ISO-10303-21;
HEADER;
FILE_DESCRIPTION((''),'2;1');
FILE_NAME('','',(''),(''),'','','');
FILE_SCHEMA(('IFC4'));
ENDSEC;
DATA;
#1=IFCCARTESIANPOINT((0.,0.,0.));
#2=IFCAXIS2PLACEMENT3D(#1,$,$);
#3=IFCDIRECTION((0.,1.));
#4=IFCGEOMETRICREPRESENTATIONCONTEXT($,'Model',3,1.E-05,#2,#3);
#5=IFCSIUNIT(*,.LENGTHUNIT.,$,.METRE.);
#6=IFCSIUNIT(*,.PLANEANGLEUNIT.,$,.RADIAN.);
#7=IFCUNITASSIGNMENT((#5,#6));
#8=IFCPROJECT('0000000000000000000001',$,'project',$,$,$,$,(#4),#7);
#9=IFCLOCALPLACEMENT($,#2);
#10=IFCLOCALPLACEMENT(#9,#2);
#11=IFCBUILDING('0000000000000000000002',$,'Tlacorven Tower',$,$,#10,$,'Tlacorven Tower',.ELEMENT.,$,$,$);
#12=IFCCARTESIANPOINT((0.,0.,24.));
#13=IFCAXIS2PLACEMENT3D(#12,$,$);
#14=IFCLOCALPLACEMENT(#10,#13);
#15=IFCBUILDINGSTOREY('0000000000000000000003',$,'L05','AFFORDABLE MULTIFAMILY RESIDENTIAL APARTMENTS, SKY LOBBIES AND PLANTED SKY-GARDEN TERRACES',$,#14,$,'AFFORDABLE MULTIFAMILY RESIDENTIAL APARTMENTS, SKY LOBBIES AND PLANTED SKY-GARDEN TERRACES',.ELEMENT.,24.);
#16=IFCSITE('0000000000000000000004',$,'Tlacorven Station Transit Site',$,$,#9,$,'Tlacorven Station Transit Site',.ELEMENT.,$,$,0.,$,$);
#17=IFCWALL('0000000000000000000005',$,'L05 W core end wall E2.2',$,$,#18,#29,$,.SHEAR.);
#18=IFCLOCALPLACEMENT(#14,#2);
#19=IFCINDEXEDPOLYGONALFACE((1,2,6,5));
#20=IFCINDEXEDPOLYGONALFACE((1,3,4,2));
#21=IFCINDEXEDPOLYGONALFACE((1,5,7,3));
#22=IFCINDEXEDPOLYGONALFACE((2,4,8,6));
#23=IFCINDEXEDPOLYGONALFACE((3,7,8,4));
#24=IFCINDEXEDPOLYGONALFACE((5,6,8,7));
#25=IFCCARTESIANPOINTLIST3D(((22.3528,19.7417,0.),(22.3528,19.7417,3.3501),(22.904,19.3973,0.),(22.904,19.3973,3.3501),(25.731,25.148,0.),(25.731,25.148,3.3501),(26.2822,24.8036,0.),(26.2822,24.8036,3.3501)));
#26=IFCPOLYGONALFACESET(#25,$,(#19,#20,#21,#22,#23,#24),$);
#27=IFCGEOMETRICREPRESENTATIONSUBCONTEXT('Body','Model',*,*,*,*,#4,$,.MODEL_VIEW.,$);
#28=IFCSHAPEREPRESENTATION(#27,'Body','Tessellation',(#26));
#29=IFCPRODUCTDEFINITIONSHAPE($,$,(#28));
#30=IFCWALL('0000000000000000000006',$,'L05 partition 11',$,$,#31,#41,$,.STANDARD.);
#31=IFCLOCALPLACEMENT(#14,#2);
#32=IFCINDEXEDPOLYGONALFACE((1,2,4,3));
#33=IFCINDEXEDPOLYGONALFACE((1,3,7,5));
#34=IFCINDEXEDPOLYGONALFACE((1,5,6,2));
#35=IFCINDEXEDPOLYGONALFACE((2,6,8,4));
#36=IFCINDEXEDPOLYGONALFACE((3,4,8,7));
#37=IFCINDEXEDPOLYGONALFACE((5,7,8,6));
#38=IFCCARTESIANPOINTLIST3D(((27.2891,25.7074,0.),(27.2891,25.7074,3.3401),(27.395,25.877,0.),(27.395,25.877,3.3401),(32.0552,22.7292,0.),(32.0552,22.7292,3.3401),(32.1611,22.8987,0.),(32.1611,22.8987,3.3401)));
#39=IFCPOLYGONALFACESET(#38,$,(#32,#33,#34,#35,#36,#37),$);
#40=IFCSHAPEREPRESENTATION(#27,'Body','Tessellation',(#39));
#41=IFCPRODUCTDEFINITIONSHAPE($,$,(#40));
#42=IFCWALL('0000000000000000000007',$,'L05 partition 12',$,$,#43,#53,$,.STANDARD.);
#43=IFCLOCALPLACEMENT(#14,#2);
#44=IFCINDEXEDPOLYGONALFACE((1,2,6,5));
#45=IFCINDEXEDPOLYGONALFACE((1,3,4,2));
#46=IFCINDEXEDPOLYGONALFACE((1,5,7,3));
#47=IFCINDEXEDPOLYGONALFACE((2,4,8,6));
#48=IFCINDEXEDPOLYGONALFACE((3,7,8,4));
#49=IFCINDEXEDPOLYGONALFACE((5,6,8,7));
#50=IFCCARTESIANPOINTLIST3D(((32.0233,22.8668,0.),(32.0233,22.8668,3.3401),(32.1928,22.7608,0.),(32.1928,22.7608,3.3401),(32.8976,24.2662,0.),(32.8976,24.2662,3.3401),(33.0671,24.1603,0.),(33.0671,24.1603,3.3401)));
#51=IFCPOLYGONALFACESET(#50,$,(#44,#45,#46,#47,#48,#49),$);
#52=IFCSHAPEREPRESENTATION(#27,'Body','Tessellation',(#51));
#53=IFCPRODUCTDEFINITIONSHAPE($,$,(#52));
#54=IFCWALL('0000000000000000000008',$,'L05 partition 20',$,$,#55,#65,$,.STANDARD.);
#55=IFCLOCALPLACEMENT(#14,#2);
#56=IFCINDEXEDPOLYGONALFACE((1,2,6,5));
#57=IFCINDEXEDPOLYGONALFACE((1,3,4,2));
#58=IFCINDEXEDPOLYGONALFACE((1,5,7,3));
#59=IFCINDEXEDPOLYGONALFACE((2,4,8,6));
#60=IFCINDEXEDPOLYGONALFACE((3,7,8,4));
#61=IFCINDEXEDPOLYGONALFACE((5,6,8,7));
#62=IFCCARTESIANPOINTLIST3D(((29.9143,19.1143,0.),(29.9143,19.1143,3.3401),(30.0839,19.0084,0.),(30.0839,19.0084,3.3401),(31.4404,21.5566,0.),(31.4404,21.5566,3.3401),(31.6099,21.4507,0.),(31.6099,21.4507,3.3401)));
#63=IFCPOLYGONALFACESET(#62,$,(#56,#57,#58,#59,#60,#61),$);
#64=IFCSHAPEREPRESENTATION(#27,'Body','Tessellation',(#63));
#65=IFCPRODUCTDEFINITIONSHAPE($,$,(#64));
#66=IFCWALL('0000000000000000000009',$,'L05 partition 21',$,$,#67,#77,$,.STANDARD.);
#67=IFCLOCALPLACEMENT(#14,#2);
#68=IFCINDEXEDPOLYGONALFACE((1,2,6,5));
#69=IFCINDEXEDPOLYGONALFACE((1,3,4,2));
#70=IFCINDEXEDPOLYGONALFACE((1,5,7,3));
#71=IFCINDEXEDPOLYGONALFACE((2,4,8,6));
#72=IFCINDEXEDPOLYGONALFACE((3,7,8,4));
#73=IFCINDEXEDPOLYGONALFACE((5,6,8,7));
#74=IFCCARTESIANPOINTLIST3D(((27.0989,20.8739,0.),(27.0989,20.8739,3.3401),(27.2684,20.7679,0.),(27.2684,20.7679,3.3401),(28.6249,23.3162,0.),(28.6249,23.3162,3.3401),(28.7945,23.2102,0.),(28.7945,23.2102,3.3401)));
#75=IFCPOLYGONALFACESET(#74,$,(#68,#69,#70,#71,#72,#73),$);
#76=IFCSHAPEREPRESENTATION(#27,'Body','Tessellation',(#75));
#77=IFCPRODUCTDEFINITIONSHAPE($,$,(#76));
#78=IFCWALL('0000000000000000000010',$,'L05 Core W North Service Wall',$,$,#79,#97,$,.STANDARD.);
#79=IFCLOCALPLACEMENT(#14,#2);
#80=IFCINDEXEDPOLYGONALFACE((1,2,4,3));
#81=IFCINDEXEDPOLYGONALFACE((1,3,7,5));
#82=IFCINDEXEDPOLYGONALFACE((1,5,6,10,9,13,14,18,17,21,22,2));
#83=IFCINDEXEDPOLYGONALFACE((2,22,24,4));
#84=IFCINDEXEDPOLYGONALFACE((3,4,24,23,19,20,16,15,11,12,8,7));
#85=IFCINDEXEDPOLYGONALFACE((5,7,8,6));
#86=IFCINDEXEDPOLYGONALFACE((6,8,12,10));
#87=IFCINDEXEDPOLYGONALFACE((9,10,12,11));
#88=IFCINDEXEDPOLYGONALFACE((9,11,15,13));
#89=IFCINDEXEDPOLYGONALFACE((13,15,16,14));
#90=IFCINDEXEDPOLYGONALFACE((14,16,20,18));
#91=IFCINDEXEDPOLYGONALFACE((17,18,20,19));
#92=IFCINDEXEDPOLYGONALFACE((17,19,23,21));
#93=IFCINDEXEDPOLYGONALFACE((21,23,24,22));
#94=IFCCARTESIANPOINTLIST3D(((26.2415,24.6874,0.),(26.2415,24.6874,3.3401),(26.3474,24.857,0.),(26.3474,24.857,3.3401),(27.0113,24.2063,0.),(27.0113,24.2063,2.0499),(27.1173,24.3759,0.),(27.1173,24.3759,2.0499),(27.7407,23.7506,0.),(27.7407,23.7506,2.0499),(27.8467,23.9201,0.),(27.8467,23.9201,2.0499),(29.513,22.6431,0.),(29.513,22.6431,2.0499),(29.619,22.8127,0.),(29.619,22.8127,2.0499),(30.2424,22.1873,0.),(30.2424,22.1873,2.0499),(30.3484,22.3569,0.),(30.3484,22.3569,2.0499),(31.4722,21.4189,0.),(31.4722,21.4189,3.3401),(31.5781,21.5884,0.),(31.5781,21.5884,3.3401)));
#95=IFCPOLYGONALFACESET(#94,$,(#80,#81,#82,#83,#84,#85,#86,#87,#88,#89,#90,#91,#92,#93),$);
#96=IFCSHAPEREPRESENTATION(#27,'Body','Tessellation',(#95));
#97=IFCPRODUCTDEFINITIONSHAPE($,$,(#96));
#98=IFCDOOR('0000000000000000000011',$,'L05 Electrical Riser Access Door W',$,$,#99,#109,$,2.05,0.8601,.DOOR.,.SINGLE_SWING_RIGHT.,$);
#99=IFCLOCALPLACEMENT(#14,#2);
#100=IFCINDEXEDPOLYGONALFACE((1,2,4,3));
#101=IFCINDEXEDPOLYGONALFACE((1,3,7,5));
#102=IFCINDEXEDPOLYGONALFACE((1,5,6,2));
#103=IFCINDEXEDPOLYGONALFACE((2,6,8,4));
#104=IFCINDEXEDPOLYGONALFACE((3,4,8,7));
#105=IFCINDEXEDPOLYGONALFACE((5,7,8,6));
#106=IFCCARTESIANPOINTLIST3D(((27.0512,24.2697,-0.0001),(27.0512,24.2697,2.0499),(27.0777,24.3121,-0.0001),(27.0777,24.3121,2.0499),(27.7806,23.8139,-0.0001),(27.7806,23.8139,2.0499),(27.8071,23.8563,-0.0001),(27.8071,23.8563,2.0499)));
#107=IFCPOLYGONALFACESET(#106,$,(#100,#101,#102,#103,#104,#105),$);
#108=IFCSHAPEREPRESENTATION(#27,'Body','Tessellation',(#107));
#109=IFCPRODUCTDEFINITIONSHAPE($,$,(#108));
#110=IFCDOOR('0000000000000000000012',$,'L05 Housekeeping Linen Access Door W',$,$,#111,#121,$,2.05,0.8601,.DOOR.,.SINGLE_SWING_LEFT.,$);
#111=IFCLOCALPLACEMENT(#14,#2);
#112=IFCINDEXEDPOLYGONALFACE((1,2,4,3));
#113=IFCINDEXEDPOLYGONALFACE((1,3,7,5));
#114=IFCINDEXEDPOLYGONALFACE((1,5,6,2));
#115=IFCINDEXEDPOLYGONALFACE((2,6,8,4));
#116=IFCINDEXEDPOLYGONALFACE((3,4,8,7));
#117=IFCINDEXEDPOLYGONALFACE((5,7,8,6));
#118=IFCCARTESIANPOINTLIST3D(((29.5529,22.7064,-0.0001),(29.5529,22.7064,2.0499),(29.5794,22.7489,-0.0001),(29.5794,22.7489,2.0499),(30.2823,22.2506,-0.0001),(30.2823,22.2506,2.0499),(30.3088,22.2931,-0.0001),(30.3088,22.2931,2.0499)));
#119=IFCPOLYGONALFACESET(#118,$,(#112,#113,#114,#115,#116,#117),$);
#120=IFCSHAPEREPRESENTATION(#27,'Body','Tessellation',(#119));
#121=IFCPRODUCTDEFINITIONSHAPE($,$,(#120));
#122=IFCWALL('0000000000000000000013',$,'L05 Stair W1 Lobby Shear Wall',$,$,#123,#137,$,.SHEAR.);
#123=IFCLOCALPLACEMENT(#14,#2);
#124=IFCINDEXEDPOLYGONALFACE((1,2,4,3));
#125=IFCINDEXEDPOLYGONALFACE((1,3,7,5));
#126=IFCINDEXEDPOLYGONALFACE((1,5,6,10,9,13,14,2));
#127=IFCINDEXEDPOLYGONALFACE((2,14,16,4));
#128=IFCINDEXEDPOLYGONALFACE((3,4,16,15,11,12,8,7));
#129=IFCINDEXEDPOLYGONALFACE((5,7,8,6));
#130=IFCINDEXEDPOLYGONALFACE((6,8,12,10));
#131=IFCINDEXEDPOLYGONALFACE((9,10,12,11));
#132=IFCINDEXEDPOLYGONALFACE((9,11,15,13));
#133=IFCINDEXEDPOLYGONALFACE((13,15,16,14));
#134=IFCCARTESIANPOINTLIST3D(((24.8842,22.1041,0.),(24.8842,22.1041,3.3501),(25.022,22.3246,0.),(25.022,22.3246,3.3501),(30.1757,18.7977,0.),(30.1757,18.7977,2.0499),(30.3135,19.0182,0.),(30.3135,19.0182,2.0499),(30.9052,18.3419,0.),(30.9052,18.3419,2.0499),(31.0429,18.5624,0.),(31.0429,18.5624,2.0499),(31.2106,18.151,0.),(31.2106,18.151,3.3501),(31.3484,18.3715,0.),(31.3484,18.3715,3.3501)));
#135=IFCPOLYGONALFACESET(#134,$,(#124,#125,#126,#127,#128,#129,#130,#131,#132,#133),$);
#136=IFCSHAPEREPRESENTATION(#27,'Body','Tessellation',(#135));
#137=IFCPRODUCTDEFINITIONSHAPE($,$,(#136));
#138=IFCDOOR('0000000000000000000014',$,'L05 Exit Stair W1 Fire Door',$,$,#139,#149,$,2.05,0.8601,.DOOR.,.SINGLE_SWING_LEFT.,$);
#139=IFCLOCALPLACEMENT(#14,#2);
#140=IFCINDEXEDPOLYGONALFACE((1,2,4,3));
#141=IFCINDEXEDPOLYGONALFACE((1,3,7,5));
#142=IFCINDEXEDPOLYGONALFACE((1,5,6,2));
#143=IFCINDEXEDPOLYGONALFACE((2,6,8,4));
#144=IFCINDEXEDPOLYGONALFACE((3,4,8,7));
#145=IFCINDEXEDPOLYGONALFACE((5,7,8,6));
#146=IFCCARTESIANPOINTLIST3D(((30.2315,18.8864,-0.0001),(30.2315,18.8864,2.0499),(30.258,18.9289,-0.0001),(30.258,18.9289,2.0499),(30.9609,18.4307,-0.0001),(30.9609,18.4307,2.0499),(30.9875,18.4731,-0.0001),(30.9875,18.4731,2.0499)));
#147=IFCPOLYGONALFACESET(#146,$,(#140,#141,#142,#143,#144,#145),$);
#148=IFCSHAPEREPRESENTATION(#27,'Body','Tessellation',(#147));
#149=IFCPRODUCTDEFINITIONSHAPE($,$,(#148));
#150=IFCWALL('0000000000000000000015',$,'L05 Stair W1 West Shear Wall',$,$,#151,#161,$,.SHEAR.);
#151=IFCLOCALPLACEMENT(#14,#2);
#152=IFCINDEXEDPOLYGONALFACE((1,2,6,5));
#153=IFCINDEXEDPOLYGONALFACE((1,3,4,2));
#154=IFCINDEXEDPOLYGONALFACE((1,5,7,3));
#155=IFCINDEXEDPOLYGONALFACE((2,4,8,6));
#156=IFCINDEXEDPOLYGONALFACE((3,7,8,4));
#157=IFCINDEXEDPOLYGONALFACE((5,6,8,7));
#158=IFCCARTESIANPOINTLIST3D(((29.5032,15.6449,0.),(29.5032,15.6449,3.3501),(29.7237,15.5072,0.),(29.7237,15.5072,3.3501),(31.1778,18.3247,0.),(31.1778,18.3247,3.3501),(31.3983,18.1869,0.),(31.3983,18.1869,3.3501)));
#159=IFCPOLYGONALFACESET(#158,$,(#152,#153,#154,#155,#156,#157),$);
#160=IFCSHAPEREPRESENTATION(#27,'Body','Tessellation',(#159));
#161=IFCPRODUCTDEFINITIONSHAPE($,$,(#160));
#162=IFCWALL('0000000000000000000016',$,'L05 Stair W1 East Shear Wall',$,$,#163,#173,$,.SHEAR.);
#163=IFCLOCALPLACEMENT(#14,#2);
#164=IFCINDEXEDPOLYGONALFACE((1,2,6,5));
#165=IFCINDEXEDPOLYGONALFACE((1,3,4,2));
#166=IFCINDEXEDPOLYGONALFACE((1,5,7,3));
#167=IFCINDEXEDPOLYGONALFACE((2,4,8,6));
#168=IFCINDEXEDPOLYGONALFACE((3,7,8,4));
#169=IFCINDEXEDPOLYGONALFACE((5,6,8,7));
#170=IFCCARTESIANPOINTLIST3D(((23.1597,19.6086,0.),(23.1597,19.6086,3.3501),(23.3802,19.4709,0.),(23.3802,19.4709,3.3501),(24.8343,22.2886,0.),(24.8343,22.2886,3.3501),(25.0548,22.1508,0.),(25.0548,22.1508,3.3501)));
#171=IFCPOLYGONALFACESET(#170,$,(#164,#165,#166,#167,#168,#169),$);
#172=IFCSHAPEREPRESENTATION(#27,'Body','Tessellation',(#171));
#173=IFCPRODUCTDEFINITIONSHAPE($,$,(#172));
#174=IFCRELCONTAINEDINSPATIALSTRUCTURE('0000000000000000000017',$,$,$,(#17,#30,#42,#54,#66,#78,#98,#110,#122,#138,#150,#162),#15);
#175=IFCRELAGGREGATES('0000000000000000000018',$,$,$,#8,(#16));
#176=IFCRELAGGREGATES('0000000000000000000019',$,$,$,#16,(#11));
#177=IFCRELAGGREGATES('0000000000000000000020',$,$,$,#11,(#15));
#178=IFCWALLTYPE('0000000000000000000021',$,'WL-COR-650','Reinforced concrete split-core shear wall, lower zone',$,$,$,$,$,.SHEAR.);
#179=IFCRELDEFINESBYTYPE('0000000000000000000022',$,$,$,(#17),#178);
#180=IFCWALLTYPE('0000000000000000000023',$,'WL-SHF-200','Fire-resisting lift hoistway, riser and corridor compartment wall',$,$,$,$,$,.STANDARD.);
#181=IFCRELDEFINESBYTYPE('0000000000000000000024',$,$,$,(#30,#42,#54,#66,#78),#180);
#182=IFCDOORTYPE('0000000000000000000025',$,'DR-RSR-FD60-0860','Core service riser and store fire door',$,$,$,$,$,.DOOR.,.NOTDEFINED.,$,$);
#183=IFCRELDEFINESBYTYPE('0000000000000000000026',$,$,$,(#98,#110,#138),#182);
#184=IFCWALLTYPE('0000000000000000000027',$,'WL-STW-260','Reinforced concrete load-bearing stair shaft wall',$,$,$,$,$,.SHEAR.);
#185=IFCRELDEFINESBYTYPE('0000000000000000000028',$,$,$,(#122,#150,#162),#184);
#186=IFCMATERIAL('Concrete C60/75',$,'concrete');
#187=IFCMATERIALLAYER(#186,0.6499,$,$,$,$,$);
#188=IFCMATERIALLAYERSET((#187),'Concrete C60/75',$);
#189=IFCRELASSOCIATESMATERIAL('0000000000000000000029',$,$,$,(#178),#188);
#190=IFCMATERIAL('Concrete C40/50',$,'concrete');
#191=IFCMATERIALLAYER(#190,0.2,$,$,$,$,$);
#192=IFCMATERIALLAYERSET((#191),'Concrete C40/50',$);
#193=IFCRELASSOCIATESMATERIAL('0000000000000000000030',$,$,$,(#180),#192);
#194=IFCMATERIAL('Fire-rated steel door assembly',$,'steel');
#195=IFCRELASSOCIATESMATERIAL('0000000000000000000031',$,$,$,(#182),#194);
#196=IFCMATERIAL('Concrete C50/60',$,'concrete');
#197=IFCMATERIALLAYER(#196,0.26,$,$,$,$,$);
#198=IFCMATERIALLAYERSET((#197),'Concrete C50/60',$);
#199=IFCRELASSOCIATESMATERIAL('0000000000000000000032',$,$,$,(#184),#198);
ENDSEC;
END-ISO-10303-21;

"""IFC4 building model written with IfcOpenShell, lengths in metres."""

from ifc_helpers import new_model, si_unit, direction, frame, frame_2d, origin, place, context, subcontext, project, spatial, rectangle, extrude, source, transform, mapped, material, layer, layer_set, type_object, element, fill, save


model = new_model("IFC4")

# Units and contexts
model_context = context("Model", 3, precision=1e-05, world=origin(), true_north=direction((0.0, 1.0)))
body_context = subcontext(model_context, "Body", "Model", "MODEL_VIEW")
ifc_project = project(units=[si_unit("LENGTHUNIT", "METRE"), si_unit("PLANEANGLEUNIT", "RADIAN")], contexts=[model_context])

# Site, building, storey
site_placement = place(None, origin())
site = spatial("IfcSite", under=ifc_project, at=site_placement, Name="Tlacorven Station Transit Site", LongName="Tlacorven Station Transit Site", CompositionType="ELEMENT", RefElevation=0.0)
building_placement = place(site_placement, origin())
building = spatial("IfcBuilding", under=site, at=building_placement, Name="Tlacorven Tower", LongName="Tlacorven Tower", CompositionType="ELEMENT")
storey_placement = place(building_placement, frame((0.0, 0.0, 24.0)))
storey = spatial("IfcBuildingStorey", under=building, at=storey_placement, Name="L05", Description="AFFORDABLE MULTIFAMILY RESIDENTIAL APARTMENTS, SKY LOBBIES AND PLANTED SKY-GARDEN TERRACES", LongName="AFFORDABLE MULTIFAMILY RESIDENTIAL APARTMENTS, SKY LOBBIES AND PLANTED SKY-GARDEN TERRACES", CompositionType="ELEMENT", Elevation=24.0)

# Walls
ifc_material_1 = material(Name="Concrete C60/75", Category="concrete")
ifc_layer_1 = layer(ifc_material_1, 0.6499)
ifc_layer_set_1 = layer_set([ifc_layer_1], Name="Concrete C60/75")
wall_type_1 = type_object("IfcWallType", Name="WL-COR-650", Description="Reinforced concrete split-core shear wall, lower zone", PredefinedType="SHEAR", material=ifc_layer_set_1)
wall_1_placement = place(storey_placement, frame((26.0066, 24.9758, 0.0), z_axis=(0.0, 0.0, 1.0), x_axis=(-0.529916, -0.84805, 0.0)))
element("IfcWall", 1, at=wall_1_placement, inside=storey, type_object=wall_type_1, Name="L05 W core end wall E2.2", PredefinedType="SHEAR", context=body_context, shape_type="SweptSolid", body=[
    extrude(rectangle(XDim=6.375, YDim=0.6499, at=frame_2d((3.1875, 0.0))), origin(), (0.0, 0.0, 1.0), 3.3501),
])
ifc_material_2 = material(Name="Concrete C40/50", Category="concrete")
ifc_layer_2 = layer(ifc_material_2, 0.2)
ifc_layer_set_2 = layer_set([ifc_layer_2], Name="Concrete C40/50")
wall_type_2 = type_object("IfcWallType", Name="WL-SHF-200", Description="Fire-resisting lift hoistway, riser and corridor compartment wall", PredefinedType="STANDARD", material=ifc_layer_set_2)
wall_2_placement = place(storey_placement, frame((32.1082, 22.814, 0.0), z_axis=(0.0, 0.0, 1.0), x_axis=(-0.848042, 0.529929, 0.0)))
element("IfcWall", 2, at=wall_2_placement, inside=storey, type_object=wall_type_2, Name="L05 partition 11", PredefinedType="STANDARD", context=body_context, shape_type="SweptSolid", body=[
    extrude(rectangle(XDim=5.6201, YDim=0.2, at=frame_2d((2.8101, 0.0))), origin(), (0.0, 0.0, 1.0), 3.3401),
])
wall_3_placement = place(storey_placement, frame((32.9824, 24.2134, 0.0), z_axis=(0.0, 0.0, 1.0), x_axis=(-0.529839, -0.848098, 0.0)))
element("IfcWall", 3, at=wall_3_placement, inside=storey, type_object=wall_type_2, Name="L05 partition 12", PredefinedType="STANDARD", context=body_context, shape_type="SweptSolid", body=[
    extrude(rectangle(XDim=1.6501, YDim=0.2, at=frame_2d((0.8252, 0.0))), origin(), (0.0, 0.0, 1.0), 3.3401),
])
for number, where, z_axis, x_axis, name in (
    (4, (31.5251, 21.5037, 0.0), (0.0, 0.0, 1.0), (-0.529907, -0.848055, 0.0), "L05 partition 20"),
    (5, (28.7097, 23.2632, 0.0), (0.0, 0.0, 1.0), (-0.529907, -0.848055, 0.0), "L05 partition 21"),
):
    element("IfcWall", number, at=place(storey_placement, frame(where, z_axis=z_axis, x_axis=x_axis)), inside=storey, type_object=wall_type_2, Name=name, PredefinedType="STANDARD", context=body_context, shape_type="SweptSolid", body=[
        extrude(rectangle(XDim=2.8799, YDim=0.2, at=frame_2d((1.4399, 0.0))), origin(), (0.0, 0.0, 1.0), 3.3401),
    ])

# Wall, openings, doors
wall_4_placement = place(storey_placement, frame((31.5251, 21.5037, 0.0), z_axis=(0.0, 0.0, 1.0), x_axis=(-0.848045, 0.529924, 0.0)))
wall_4 = element("IfcWall", 6, at=wall_4_placement, inside=storey, type_object=wall_type_2, Name="L05 Core W North Service Wall", PredefinedType="STANDARD", context=body_context, shape_type="SweptSolid", body=[
    extrude(rectangle(XDim=6.168, YDim=0.2, at=frame_2d((3.084, 0.0))), origin(), (0.0, 0.0, 1.0), 3.3401),
])
opening_1_placement = place(wall_4_placement, frame((4.3999, 0.0, 0.0)))
opening_1 = element("IfcOpeningElement", 7, at=opening_1_placement, cuts=wall_4, PredefinedType="OPENING", context=body_context, shape_type="SweptSolid", body=[
    extrude(rectangle(XDim=0.8601, YDim=2.05, at=frame_2d((0.4302, 1.0249))), frame((0.0, 0.1099, 0.0), z_axis=(0.0, -1.0, 0.0), x_axis=(1.0, 0.0, 0.0)), (0.0, 0.0, 1.0), 0.22),
])
opening_2_placement = place(wall_4_placement, frame((1.45, 0.0, 0.0)))
opening_2 = element("IfcOpeningElement", 8, at=opening_2_placement, cuts=wall_4, PredefinedType="OPENING", context=body_context, shape_type="SweptSolid", body=[
    extrude(rectangle(XDim=0.8601, YDim=2.05, at=frame_2d((0.4302, 1.0249))), frame((0.0, 0.1099, 0.0), z_axis=(0.0, -1.0, 0.0), x_axis=(1.0, 0.0, 0.0)), (0.0, 0.0, 1.0), 0.22),
])
ifc_material_3 = material(Name="Fire-rated steel door assembly", Category="steel")
door_type = type_object("IfcDoorType", Name="DR-RSR-FD60-0860", Description="Core service riser and store fire door", OperationType="NOTDEFINED", PredefinedType="DOOR", material=ifc_material_3)
shared_shape_1 = source(origin(), body_context, "Body", "SweptSolid", [
    extrude(rectangle(XDim=0.8601, YDim=2.05, at=frame_2d((0.4302, 1.0249))), frame((0.0, 0.0249, 0.0), z_axis=(0.0, -1.0, 0.0), x_axis=(1.0, 0.0, 0.0)), (0.0, 0.0, 1.0), 0.05),
])
door_1_placement = place(opening_1_placement, frame((0.8601, 0.0, 0.0), z_axis=(0.0, 0.0, 1.0), x_axis=(-1.0, 0.0, 0.0)))
door_1 = element("IfcDoor", 9, at=door_1_placement, inside=storey, type_object=door_type, Name="L05 Electrical Riser Access Door W", OperationType="SINGLE_SWING_RIGHT", OverallHeight=2.05, OverallWidth=0.8601, PredefinedType="DOOR", context=body_context, shape_type="MappedRepresentation", body=[
    mapped(shared_shape_1, transform((0.0, 0.0, 0.0), scale=1.0)),
])
fill(opening_1, door_1)
door_2_placement = place(opening_2_placement, frame((0.8601, 0.0, 0.0), z_axis=(0.0, 0.0, 1.0), x_axis=(-1.0, 0.0, 0.0)))
door_2 = element("IfcDoor", 10, at=door_2_placement, inside=storey, type_object=door_type, Name="L05 Housekeeping Linen Access Door W", OperationType="SINGLE_SWING_LEFT", OverallHeight=2.05, OverallWidth=0.8601, PredefinedType="DOOR", context=body_context, shape_type="MappedRepresentation", body=[
    mapped(shared_shape_1, transform((0.0, 0.0, 0.0), scale=1.0)),
])
fill(opening_2, door_2)

# Wall, opening, door
ifc_material_4 = material(Name="Concrete C50/60", Category="concrete")
ifc_layer_3 = layer(ifc_material_4, 0.26)
ifc_layer_set_3 = layer_set([ifc_layer_3], Name="Concrete C50/60")
wall_type_3 = type_object("IfcWallType", Name="WL-STW-260", Description="Reinforced concrete load-bearing stair shaft wall", PredefinedType="SHEAR", material=ifc_layer_set_3)
wall_5_placement = place(storey_placement, frame((31.2795, 18.2612, 0.0), z_axis=(0.0, 0.0, 1.0), x_axis=(-0.848052, 0.529914, 0.0)))
wall_5 = element("IfcWall", 11, at=wall_5_placement, inside=storey, type_object=wall_type_3, Name="L05 Stair W1 Lobby Shear Wall", PredefinedType="SHEAR", context=body_context, shape_type="SweptSolid", body=[
    extrude(rectangle(XDim=7.46, YDim=0.26, at=frame_2d((3.73, 0.0))), origin(), (0.0, 0.0, 1.0), 3.3501),
])
opening_3_placement = place(wall_5_placement, frame((0.3601, 0.0, 0.0)))
opening_3 = element("IfcOpeningElement", 12, at=opening_3_placement, cuts=wall_5, PredefinedType="OPENING", context=body_context, shape_type="SweptSolid", body=[
    extrude(rectangle(XDim=0.8601, YDim=2.05, at=frame_2d((0.4302, 1.0249))), frame((0.0, 0.1401, 0.0), z_axis=(0.0, -1.0, 0.0), x_axis=(1.0, 0.0, 0.0)), (0.0, 0.0, 1.0), 0.28),
])
door_3_placement = place(opening_3_placement, frame((0.8601, 0.0, 0.0), z_axis=(0.0, 0.0, 1.0), x_axis=(-1.0, 0.0, 0.0)))
door_3 = element("IfcDoor", 13, at=door_3_placement, inside=storey, type_object=door_type, Name="L05 Exit Stair W1 Fire Door", OperationType="SINGLE_SWING_LEFT", OverallHeight=2.05, OverallWidth=0.8601, PredefinedType="DOOR", context=body_context, shape_type="MappedRepresentation", body=[
    mapped(shared_shape_1, transform((0.0, 0.0, 0.0), scale=1.0)),
])
fill(opening_3, door_3)

# Walls
wall_6_placement = place(storey_placement, frame((31.2881, 18.2559, 0.0), z_axis=(0.0, 0.0, 1.0), x_axis=(-0.529943, -0.848033, 0.0)))
element("IfcWall", 14, at=wall_6_placement, inside=storey, type_object=wall_type_3, Name="L05 Stair W1 West Shear Wall", PredefinedType="SHEAR", context=body_context, shape_type="SweptSolid", body=[
    extrude(rectangle(XDim=3.1599, YDim=0.26, at=frame_2d((1.5801, 0.0))), origin(), (0.0, 0.0, 1.0), 3.3501),
])
wall_7_placement = place(storey_placement, frame((24.9446, 22.2197, 0.0), z_axis=(0.0, 0.0, 1.0), x_axis=(-0.529909, -0.848055, 0.0)))
element("IfcWall", 15, at=wall_7_placement, inside=storey, type_object=wall_type_3, Name="L05 Stair W1 East Shear Wall", PredefinedType="SHEAR", context=body_context, shape_type="SweptSolid", body=[
    extrude(rectangle(XDim=3.1602, YDim=0.26, at=frame_2d((1.5801, 0.0))), origin(), (0.0, 0.0, 1.0), 3.3501),
])

save(model, "model.ifc")
